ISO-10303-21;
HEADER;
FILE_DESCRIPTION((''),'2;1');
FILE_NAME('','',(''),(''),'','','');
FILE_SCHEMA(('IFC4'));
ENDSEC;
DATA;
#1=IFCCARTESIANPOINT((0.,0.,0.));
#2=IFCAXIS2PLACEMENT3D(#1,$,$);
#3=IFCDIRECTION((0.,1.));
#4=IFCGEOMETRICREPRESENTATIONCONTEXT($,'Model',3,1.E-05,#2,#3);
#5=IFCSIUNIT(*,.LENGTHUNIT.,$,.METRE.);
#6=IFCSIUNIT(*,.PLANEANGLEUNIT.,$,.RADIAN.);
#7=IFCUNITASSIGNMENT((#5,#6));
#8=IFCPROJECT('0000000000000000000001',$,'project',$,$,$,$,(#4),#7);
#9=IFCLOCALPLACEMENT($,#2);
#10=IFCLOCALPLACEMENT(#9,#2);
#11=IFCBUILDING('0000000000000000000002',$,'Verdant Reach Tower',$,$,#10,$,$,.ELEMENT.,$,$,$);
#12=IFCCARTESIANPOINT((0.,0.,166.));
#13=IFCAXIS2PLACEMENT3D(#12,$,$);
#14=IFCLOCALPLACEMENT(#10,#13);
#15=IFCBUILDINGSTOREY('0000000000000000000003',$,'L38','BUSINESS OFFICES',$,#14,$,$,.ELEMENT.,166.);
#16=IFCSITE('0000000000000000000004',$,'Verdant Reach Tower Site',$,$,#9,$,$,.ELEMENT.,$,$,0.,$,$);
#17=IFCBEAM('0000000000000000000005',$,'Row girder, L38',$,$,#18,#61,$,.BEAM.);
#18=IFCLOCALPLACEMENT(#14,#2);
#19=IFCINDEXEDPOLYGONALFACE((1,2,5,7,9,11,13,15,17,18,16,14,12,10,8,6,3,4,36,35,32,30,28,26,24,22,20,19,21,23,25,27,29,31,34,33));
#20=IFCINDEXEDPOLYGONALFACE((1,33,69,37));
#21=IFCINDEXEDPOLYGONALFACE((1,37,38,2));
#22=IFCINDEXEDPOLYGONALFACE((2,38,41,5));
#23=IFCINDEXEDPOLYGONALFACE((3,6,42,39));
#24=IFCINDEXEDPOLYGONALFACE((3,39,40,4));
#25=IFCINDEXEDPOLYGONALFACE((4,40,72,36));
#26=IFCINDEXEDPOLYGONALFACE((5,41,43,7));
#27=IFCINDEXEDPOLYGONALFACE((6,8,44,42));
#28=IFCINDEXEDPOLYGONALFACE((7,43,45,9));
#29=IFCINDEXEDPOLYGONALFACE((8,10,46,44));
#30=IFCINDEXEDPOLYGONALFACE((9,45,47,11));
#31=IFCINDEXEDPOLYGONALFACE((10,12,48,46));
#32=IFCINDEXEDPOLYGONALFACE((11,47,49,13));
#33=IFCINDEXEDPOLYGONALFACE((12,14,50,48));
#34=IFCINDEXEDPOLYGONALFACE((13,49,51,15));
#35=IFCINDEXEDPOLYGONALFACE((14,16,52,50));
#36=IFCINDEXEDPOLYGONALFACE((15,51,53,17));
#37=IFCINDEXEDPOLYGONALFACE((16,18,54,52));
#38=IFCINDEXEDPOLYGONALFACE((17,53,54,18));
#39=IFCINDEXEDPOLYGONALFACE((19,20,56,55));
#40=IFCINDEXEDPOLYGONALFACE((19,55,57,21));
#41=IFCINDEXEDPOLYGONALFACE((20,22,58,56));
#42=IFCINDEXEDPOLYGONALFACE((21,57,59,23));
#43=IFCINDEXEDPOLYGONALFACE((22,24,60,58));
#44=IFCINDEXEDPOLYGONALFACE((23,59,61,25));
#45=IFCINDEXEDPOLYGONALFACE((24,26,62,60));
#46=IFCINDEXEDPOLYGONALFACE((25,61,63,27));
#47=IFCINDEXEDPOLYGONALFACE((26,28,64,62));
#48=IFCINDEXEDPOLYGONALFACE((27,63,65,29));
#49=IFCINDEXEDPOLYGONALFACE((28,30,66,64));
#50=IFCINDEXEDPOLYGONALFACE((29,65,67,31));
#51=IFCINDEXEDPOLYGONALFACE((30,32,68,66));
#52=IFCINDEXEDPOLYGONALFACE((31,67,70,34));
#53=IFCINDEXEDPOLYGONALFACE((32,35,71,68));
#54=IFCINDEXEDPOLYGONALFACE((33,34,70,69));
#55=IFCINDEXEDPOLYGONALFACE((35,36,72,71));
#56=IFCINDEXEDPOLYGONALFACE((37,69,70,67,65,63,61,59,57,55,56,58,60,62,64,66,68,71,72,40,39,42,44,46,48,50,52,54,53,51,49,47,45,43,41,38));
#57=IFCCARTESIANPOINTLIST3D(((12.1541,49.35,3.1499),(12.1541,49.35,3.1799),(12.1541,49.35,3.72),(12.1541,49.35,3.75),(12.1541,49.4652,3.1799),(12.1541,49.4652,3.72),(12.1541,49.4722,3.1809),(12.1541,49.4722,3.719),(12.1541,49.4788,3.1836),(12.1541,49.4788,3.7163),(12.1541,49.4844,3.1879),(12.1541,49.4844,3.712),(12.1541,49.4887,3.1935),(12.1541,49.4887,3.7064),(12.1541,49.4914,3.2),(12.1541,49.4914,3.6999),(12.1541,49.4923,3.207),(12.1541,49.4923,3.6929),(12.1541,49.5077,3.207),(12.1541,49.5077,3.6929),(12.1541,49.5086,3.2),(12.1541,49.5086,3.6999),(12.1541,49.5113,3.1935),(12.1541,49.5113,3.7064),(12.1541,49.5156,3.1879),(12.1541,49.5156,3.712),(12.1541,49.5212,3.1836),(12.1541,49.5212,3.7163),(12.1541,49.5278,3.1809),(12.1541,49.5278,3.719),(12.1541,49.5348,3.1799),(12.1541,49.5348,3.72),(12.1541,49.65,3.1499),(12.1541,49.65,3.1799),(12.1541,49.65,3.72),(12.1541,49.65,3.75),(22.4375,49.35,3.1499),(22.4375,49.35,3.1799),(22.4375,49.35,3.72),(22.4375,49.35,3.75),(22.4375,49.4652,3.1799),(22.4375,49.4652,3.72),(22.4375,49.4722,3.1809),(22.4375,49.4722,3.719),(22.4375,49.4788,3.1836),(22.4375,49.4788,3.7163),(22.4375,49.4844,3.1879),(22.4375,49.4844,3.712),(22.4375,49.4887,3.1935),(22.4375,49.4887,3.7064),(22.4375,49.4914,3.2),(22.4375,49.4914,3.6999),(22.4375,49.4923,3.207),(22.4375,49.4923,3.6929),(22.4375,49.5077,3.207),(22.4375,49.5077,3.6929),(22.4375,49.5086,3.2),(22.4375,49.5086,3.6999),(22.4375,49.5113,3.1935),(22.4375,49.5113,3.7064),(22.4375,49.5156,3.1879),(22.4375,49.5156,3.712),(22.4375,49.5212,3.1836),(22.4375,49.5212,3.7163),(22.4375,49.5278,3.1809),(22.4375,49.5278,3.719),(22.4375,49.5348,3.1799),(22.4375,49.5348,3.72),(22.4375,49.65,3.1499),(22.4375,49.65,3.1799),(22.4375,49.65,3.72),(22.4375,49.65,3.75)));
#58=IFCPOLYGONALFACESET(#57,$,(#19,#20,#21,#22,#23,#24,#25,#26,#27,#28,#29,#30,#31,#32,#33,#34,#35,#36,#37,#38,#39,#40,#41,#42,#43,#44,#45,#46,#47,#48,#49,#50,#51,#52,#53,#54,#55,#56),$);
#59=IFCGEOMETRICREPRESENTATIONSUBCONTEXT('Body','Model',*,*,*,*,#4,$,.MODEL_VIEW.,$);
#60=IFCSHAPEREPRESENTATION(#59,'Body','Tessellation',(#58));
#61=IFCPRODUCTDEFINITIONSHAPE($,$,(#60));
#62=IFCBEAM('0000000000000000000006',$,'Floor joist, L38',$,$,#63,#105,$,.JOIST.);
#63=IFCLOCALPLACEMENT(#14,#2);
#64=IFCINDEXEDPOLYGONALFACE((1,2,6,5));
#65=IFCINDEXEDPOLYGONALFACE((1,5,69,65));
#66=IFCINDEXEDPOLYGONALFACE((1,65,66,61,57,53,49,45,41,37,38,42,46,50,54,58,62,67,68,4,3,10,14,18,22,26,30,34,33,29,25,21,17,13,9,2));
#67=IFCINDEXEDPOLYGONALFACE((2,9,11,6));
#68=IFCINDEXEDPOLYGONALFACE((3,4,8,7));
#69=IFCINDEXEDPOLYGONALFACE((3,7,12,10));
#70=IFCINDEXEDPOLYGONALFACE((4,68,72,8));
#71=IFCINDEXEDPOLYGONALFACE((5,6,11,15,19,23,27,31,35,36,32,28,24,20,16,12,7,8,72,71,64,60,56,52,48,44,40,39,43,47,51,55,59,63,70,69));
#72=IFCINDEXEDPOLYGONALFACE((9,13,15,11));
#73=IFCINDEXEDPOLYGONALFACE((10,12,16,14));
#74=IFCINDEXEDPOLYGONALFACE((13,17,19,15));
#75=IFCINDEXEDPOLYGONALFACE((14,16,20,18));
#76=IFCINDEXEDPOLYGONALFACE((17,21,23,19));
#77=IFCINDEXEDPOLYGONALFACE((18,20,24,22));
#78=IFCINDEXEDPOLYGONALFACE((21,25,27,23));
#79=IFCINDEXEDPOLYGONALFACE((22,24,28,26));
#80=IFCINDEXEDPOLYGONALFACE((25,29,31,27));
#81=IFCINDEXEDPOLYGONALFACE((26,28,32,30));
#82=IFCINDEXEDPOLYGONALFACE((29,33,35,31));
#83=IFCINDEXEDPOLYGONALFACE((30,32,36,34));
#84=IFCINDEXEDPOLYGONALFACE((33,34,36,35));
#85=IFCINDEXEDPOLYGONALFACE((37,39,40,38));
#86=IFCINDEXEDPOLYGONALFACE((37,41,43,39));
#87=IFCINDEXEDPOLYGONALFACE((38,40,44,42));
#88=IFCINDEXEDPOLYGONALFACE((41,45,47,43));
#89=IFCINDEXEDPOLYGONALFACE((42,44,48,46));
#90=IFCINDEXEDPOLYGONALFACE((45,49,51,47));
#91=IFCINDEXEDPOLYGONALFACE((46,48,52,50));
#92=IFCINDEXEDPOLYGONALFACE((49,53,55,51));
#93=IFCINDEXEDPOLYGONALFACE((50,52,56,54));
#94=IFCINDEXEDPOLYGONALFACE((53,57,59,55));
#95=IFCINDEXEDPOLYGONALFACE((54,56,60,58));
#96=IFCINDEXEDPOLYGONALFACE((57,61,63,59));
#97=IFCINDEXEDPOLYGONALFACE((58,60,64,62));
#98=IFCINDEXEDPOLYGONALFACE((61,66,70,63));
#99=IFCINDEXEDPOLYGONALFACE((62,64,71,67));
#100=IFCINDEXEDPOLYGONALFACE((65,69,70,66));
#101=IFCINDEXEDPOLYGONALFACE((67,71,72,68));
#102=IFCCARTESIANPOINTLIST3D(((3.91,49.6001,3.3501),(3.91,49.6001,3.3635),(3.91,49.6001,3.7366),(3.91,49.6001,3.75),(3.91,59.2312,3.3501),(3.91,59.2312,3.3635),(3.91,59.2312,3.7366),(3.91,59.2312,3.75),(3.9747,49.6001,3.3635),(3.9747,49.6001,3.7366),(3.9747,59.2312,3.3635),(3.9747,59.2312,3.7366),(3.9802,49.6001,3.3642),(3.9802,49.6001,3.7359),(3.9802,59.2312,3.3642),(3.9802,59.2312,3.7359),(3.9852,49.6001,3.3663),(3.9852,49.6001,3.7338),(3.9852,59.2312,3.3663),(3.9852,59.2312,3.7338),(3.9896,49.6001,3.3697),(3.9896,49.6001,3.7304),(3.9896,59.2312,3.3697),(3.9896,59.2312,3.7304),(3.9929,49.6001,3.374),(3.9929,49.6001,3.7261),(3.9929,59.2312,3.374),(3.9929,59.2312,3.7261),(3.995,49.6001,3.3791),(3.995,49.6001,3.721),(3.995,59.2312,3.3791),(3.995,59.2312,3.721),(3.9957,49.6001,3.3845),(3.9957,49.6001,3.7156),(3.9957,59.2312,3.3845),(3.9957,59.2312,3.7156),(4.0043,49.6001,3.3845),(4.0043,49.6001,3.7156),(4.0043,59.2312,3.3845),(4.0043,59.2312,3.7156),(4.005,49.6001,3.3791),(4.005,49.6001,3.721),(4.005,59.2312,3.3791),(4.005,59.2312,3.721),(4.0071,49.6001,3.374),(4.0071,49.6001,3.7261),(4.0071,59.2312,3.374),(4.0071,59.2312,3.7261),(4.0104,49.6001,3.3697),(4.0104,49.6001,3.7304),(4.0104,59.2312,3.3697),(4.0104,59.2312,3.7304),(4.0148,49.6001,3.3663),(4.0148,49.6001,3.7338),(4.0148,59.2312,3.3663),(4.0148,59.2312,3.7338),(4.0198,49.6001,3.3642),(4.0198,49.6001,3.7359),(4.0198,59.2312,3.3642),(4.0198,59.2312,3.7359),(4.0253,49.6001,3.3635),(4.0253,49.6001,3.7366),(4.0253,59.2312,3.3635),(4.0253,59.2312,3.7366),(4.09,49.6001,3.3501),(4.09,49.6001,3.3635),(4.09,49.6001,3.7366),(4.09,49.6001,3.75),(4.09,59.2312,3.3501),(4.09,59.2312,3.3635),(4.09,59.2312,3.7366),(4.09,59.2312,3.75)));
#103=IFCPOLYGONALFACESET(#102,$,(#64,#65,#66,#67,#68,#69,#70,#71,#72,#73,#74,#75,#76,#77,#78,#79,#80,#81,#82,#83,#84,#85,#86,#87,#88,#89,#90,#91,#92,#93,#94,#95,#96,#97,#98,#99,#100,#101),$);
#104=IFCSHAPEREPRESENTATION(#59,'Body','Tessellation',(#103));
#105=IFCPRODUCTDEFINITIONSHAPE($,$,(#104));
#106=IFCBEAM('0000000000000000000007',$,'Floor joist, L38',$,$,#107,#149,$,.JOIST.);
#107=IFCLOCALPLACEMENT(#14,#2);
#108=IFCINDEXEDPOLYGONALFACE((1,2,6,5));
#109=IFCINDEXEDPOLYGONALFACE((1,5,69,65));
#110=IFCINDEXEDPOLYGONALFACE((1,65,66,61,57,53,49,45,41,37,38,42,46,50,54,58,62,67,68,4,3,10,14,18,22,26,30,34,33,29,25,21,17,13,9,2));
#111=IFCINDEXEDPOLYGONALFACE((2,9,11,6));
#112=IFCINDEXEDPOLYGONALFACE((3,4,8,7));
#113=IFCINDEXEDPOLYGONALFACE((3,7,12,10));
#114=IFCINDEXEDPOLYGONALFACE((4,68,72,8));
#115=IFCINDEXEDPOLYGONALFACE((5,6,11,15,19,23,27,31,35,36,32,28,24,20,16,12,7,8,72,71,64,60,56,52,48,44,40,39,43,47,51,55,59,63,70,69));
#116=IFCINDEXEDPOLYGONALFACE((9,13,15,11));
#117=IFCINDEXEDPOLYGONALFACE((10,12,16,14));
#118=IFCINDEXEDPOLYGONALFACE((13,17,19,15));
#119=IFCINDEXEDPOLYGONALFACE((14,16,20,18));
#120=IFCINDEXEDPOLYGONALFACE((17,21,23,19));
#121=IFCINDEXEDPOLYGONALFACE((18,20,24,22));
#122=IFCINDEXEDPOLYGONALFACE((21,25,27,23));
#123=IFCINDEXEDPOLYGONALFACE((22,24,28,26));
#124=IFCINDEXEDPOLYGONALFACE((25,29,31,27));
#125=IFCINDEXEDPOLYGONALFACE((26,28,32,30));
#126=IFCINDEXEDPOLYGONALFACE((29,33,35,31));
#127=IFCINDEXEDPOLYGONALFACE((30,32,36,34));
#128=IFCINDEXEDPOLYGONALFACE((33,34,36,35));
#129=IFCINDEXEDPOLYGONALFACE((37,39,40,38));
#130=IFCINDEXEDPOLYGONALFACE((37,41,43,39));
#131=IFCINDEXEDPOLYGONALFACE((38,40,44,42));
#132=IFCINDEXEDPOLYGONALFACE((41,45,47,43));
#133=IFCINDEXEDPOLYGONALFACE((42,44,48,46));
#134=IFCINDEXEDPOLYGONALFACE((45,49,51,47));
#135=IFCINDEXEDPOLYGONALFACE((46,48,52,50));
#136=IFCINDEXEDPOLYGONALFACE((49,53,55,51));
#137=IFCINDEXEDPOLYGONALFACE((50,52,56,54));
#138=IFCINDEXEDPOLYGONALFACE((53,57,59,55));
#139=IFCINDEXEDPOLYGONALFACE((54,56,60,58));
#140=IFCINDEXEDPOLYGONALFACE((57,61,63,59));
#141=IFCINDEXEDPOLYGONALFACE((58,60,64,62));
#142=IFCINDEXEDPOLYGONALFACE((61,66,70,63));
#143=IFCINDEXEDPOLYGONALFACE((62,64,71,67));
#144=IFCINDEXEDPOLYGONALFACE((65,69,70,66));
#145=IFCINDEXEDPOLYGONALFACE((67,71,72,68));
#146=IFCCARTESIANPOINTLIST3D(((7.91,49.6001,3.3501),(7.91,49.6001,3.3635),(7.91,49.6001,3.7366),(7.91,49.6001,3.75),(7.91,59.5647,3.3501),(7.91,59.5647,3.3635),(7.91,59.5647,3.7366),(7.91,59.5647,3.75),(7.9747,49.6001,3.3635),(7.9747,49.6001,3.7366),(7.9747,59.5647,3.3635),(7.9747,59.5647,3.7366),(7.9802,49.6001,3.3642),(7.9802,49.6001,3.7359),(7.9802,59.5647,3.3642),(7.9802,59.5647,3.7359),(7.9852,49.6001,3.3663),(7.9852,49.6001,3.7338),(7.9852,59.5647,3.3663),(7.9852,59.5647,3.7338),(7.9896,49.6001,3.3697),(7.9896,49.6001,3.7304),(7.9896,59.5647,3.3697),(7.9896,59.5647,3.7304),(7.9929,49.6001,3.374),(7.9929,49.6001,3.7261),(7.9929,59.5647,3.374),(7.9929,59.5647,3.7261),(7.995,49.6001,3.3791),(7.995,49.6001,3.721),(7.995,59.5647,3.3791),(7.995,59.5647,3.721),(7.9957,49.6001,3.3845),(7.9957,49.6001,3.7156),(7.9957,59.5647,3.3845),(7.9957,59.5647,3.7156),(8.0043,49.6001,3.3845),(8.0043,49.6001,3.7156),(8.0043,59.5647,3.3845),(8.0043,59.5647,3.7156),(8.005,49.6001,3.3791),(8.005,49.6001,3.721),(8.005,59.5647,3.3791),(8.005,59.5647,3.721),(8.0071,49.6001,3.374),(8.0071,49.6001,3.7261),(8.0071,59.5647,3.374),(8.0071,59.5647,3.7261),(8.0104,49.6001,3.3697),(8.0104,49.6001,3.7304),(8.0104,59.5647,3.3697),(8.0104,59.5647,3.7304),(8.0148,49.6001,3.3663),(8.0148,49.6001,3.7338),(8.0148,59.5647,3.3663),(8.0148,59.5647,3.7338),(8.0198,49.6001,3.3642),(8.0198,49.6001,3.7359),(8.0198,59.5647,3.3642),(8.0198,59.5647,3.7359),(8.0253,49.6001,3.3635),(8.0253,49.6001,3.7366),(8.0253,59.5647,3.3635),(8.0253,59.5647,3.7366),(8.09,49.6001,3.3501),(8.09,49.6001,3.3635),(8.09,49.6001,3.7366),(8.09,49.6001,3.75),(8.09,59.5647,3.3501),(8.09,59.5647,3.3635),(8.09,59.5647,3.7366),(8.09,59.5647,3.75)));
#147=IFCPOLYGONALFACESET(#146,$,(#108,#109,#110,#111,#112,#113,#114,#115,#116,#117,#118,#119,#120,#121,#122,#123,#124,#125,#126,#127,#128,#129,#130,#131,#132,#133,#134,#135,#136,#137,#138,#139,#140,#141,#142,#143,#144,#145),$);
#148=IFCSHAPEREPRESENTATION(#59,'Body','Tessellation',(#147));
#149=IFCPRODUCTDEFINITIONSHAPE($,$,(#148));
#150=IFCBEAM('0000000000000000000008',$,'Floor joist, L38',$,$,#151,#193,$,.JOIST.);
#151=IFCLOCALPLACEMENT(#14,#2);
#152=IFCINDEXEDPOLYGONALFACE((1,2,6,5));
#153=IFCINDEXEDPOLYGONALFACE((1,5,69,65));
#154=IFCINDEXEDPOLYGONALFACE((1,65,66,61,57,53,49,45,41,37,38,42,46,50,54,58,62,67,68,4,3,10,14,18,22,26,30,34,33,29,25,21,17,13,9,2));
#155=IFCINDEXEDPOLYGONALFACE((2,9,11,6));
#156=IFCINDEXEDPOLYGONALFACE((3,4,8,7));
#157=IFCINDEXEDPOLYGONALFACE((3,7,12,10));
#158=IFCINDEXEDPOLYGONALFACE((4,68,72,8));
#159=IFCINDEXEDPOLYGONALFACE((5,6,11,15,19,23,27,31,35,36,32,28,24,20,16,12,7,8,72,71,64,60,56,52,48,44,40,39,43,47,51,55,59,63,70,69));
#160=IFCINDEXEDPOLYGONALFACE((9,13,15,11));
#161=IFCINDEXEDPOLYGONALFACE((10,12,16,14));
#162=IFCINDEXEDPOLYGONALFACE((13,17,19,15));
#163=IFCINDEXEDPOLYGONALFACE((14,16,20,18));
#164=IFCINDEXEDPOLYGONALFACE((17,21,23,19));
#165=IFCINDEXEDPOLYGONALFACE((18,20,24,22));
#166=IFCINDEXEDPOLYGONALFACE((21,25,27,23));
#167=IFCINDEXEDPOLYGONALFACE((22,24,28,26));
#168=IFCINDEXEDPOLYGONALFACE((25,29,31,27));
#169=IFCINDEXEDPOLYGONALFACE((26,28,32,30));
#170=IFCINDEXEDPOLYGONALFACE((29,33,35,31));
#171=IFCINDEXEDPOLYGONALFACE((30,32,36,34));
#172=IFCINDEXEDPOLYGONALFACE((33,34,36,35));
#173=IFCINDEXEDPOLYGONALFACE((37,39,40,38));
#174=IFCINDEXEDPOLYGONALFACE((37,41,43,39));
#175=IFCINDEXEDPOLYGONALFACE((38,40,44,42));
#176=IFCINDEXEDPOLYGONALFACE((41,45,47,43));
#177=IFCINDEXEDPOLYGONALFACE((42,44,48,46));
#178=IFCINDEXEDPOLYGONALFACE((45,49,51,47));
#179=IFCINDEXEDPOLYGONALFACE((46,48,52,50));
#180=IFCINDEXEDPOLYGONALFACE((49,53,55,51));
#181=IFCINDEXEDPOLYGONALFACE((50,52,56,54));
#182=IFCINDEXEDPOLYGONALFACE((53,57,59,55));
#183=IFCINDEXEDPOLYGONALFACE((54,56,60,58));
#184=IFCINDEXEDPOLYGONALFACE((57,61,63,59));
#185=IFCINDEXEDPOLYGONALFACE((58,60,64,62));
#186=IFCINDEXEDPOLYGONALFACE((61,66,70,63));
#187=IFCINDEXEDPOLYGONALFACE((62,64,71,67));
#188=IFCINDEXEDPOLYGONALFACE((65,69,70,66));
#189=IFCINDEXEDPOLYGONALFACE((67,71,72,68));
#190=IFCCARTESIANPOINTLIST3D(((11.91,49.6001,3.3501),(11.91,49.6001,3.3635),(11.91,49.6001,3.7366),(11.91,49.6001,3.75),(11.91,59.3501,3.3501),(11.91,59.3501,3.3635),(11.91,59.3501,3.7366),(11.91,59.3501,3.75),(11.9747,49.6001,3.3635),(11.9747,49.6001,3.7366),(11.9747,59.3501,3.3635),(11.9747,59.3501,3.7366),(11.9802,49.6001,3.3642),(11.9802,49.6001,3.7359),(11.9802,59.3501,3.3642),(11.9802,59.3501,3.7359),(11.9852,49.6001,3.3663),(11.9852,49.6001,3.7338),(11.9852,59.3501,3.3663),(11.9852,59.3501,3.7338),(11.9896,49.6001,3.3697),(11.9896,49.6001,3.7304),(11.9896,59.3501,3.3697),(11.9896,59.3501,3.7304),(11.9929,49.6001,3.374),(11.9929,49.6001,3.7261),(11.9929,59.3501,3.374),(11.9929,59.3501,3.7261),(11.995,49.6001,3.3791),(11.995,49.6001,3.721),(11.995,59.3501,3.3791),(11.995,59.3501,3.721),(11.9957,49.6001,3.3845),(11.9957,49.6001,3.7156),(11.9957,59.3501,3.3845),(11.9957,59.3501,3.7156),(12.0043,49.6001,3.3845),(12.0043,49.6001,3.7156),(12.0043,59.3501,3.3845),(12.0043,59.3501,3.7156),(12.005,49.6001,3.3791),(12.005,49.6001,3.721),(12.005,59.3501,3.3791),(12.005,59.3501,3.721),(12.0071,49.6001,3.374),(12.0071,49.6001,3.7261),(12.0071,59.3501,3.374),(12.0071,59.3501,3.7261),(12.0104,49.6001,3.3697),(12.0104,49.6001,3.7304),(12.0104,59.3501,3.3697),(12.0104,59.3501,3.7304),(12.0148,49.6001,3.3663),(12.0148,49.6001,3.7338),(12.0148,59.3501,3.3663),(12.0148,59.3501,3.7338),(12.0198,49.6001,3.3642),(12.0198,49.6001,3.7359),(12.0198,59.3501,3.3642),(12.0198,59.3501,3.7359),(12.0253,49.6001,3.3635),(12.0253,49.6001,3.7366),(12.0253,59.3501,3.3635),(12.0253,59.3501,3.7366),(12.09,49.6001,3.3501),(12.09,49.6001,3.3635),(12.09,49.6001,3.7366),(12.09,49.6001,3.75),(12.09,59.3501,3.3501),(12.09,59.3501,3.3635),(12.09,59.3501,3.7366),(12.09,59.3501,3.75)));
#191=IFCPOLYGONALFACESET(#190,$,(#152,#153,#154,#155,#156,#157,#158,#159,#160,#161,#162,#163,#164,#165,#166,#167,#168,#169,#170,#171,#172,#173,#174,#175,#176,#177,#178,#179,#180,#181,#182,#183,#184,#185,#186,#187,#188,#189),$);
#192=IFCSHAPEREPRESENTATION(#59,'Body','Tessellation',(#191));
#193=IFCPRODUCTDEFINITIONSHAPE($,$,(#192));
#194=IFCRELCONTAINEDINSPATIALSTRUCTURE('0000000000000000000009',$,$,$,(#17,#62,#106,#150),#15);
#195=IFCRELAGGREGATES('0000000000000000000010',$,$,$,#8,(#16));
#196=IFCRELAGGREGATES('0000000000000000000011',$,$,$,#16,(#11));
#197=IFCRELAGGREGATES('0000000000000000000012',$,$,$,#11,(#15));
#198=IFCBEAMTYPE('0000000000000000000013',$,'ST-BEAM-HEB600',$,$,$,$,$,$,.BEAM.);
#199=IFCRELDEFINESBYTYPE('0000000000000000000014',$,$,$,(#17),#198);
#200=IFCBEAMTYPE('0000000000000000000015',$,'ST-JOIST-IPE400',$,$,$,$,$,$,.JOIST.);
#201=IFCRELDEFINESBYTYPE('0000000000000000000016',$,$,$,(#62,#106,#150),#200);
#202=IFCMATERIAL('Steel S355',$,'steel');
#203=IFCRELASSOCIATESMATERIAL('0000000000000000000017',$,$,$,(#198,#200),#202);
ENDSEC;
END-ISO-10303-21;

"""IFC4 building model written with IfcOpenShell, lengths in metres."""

from ifc_helpers import new_model, si_unit, direction, frame, origin, origin_2d, place, context, subcontext, project, spatial, i_section, extrude, material, material_profile, profile_set, type_object, element, save


model = new_model("IFC4")

# Units and contexts
model_context = context("Model", 3, precision=1e-05, world=origin(), true_north=direction((0.0, 1.0)))
body_context = subcontext(model_context, "Body", "Model", "MODEL_VIEW")
ifc_project = project(units=[si_unit("LENGTHUNIT", "METRE"), si_unit("PLANEANGLEUNIT", "RADIAN")], contexts=[model_context])

# Site, building, storey
site_placement = place(None, origin())
site = spatial("IfcSite", under=ifc_project, at=site_placement, Name="Verdant Reach Tower Site", CompositionType="ELEMENT", RefElevation=0.0)
building_placement = place(site_placement, origin())
building = spatial("IfcBuilding", under=site, at=building_placement, Name="Verdant Reach Tower", CompositionType="ELEMENT")
storey_placement = place(building_placement, frame((0.0, 0.0, 166.0)))
storey = spatial("IfcBuildingStorey", under=building, at=storey_placement, Name="L38", Description="BUSINESS OFFICES", CompositionType="ELEMENT", Elevation=166.0)

# Beams
ifc_material_1 = material(Name="Steel S355", Category="steel")
ifc_material_profile_1 = material_profile(ifc_material_1, i_section(OverallWidth=0.3, OverallDepth=0.6001, WebThickness=0.0154, FlangeThickness=0.03, FilletRadius=0.0271, at=origin_2d()), Name="HEB 600")
ifc_profile_set_1 = profile_set([ifc_material_profile_1], Name="Steel S355")
beam_type_1 = type_object("IfcBeamType", Name="ST-BEAM-HEB600", PredefinedType="BEAM", material=ifc_profile_set_1)
beam_1_placement = place(storey_placement, frame((12.1541, 49.5, 3.45), z_axis=(1.0, 0.0, 0.0), x_axis=(0.0, 1.0, 0.0)))
element("IfcBeam", 1, at=beam_1_placement, inside=storey, type_object=beam_type_1, Name="Row girder, L38", PredefinedType="BEAM", context=body_context, shape_type="SweptSolid", body=[
    extrude(i_section(OverallWidth=0.3, OverallDepth=0.6001, WebThickness=0.0154, FlangeThickness=0.03, FilletRadius=0.0271, at=origin_2d()), origin(), (0.0, 0.0, 1.0), 10.2834),
])
ifc_material_profile_2 = material_profile(ifc_material_1, i_section(OverallWidth=0.1799, OverallDepth=0.3999, WebThickness=0.0085, FlangeThickness=0.0134, FilletRadius=0.021, at=origin_2d()), Name="IPE 400")
ifc_profile_set_2 = profile_set([ifc_material_profile_2], Name="Steel S355")
beam_type_2 = type_object("IfcBeamType", Name="ST-JOIST-IPE400", PredefinedType="JOIST", material=ifc_profile_set_2)
beam_2_placement = place(storey_placement, frame((4.0, 49.6001, 3.55), z_axis=(0.0, 1.0, 0.0), x_axis=(-1.0, 0.0, 0.0)))
element("IfcBeam", 2, at=beam_2_placement, inside=storey, type_object=beam_type_2, Name="Floor joist, L38", PredefinedType="JOIST", context=body_context, shape_type="SweptSolid", body=[
    extrude(i_section(OverallWidth=0.1799, OverallDepth=0.3999, WebThickness=0.0085, FlangeThickness=0.0134, FilletRadius=0.021, at=origin_2d()), origin(), (0.0, 0.0, 1.0), 9.6311),
])
beam_3_placement = place(storey_placement, frame((8.0, 49.6001, 3.55), z_axis=(0.0, 1.0, 0.0), x_axis=(-1.0, 0.0, 0.0)))
element("IfcBeam", 3, at=beam_3_placement, inside=storey, type_object=beam_type_2, Name="Floor joist, L38", PredefinedType="JOIST", context=body_context, shape_type="SweptSolid", body=[
    extrude(i_section(OverallWidth=0.1799, OverallDepth=0.3999, WebThickness=0.0085, FlangeThickness=0.0134, FilletRadius=0.021, at=origin_2d()), origin(), (0.0, 0.0, 1.0), 9.9646),
])
beam_4_placement = place(storey_placement, frame((12.0, 49.6001, 3.55), z_axis=(0.0, 1.0, 0.0), x_axis=(-1.0, 0.0, 0.0)))
element("IfcBeam", 4, at=beam_4_placement, inside=storey, type_object=beam_type_2, Name="Floor joist, L38", PredefinedType="JOIST", context=body_context, shape_type="SweptSolid", body=[
    extrude(i_section(OverallWidth=0.1799, OverallDepth=0.3999, WebThickness=0.0085, FlangeThickness=0.0134, FilletRadius=0.021, at=origin_2d()), origin(), (0.0, 0.0, 1.0), 9.75),
])

save(model, "model.ifc")
